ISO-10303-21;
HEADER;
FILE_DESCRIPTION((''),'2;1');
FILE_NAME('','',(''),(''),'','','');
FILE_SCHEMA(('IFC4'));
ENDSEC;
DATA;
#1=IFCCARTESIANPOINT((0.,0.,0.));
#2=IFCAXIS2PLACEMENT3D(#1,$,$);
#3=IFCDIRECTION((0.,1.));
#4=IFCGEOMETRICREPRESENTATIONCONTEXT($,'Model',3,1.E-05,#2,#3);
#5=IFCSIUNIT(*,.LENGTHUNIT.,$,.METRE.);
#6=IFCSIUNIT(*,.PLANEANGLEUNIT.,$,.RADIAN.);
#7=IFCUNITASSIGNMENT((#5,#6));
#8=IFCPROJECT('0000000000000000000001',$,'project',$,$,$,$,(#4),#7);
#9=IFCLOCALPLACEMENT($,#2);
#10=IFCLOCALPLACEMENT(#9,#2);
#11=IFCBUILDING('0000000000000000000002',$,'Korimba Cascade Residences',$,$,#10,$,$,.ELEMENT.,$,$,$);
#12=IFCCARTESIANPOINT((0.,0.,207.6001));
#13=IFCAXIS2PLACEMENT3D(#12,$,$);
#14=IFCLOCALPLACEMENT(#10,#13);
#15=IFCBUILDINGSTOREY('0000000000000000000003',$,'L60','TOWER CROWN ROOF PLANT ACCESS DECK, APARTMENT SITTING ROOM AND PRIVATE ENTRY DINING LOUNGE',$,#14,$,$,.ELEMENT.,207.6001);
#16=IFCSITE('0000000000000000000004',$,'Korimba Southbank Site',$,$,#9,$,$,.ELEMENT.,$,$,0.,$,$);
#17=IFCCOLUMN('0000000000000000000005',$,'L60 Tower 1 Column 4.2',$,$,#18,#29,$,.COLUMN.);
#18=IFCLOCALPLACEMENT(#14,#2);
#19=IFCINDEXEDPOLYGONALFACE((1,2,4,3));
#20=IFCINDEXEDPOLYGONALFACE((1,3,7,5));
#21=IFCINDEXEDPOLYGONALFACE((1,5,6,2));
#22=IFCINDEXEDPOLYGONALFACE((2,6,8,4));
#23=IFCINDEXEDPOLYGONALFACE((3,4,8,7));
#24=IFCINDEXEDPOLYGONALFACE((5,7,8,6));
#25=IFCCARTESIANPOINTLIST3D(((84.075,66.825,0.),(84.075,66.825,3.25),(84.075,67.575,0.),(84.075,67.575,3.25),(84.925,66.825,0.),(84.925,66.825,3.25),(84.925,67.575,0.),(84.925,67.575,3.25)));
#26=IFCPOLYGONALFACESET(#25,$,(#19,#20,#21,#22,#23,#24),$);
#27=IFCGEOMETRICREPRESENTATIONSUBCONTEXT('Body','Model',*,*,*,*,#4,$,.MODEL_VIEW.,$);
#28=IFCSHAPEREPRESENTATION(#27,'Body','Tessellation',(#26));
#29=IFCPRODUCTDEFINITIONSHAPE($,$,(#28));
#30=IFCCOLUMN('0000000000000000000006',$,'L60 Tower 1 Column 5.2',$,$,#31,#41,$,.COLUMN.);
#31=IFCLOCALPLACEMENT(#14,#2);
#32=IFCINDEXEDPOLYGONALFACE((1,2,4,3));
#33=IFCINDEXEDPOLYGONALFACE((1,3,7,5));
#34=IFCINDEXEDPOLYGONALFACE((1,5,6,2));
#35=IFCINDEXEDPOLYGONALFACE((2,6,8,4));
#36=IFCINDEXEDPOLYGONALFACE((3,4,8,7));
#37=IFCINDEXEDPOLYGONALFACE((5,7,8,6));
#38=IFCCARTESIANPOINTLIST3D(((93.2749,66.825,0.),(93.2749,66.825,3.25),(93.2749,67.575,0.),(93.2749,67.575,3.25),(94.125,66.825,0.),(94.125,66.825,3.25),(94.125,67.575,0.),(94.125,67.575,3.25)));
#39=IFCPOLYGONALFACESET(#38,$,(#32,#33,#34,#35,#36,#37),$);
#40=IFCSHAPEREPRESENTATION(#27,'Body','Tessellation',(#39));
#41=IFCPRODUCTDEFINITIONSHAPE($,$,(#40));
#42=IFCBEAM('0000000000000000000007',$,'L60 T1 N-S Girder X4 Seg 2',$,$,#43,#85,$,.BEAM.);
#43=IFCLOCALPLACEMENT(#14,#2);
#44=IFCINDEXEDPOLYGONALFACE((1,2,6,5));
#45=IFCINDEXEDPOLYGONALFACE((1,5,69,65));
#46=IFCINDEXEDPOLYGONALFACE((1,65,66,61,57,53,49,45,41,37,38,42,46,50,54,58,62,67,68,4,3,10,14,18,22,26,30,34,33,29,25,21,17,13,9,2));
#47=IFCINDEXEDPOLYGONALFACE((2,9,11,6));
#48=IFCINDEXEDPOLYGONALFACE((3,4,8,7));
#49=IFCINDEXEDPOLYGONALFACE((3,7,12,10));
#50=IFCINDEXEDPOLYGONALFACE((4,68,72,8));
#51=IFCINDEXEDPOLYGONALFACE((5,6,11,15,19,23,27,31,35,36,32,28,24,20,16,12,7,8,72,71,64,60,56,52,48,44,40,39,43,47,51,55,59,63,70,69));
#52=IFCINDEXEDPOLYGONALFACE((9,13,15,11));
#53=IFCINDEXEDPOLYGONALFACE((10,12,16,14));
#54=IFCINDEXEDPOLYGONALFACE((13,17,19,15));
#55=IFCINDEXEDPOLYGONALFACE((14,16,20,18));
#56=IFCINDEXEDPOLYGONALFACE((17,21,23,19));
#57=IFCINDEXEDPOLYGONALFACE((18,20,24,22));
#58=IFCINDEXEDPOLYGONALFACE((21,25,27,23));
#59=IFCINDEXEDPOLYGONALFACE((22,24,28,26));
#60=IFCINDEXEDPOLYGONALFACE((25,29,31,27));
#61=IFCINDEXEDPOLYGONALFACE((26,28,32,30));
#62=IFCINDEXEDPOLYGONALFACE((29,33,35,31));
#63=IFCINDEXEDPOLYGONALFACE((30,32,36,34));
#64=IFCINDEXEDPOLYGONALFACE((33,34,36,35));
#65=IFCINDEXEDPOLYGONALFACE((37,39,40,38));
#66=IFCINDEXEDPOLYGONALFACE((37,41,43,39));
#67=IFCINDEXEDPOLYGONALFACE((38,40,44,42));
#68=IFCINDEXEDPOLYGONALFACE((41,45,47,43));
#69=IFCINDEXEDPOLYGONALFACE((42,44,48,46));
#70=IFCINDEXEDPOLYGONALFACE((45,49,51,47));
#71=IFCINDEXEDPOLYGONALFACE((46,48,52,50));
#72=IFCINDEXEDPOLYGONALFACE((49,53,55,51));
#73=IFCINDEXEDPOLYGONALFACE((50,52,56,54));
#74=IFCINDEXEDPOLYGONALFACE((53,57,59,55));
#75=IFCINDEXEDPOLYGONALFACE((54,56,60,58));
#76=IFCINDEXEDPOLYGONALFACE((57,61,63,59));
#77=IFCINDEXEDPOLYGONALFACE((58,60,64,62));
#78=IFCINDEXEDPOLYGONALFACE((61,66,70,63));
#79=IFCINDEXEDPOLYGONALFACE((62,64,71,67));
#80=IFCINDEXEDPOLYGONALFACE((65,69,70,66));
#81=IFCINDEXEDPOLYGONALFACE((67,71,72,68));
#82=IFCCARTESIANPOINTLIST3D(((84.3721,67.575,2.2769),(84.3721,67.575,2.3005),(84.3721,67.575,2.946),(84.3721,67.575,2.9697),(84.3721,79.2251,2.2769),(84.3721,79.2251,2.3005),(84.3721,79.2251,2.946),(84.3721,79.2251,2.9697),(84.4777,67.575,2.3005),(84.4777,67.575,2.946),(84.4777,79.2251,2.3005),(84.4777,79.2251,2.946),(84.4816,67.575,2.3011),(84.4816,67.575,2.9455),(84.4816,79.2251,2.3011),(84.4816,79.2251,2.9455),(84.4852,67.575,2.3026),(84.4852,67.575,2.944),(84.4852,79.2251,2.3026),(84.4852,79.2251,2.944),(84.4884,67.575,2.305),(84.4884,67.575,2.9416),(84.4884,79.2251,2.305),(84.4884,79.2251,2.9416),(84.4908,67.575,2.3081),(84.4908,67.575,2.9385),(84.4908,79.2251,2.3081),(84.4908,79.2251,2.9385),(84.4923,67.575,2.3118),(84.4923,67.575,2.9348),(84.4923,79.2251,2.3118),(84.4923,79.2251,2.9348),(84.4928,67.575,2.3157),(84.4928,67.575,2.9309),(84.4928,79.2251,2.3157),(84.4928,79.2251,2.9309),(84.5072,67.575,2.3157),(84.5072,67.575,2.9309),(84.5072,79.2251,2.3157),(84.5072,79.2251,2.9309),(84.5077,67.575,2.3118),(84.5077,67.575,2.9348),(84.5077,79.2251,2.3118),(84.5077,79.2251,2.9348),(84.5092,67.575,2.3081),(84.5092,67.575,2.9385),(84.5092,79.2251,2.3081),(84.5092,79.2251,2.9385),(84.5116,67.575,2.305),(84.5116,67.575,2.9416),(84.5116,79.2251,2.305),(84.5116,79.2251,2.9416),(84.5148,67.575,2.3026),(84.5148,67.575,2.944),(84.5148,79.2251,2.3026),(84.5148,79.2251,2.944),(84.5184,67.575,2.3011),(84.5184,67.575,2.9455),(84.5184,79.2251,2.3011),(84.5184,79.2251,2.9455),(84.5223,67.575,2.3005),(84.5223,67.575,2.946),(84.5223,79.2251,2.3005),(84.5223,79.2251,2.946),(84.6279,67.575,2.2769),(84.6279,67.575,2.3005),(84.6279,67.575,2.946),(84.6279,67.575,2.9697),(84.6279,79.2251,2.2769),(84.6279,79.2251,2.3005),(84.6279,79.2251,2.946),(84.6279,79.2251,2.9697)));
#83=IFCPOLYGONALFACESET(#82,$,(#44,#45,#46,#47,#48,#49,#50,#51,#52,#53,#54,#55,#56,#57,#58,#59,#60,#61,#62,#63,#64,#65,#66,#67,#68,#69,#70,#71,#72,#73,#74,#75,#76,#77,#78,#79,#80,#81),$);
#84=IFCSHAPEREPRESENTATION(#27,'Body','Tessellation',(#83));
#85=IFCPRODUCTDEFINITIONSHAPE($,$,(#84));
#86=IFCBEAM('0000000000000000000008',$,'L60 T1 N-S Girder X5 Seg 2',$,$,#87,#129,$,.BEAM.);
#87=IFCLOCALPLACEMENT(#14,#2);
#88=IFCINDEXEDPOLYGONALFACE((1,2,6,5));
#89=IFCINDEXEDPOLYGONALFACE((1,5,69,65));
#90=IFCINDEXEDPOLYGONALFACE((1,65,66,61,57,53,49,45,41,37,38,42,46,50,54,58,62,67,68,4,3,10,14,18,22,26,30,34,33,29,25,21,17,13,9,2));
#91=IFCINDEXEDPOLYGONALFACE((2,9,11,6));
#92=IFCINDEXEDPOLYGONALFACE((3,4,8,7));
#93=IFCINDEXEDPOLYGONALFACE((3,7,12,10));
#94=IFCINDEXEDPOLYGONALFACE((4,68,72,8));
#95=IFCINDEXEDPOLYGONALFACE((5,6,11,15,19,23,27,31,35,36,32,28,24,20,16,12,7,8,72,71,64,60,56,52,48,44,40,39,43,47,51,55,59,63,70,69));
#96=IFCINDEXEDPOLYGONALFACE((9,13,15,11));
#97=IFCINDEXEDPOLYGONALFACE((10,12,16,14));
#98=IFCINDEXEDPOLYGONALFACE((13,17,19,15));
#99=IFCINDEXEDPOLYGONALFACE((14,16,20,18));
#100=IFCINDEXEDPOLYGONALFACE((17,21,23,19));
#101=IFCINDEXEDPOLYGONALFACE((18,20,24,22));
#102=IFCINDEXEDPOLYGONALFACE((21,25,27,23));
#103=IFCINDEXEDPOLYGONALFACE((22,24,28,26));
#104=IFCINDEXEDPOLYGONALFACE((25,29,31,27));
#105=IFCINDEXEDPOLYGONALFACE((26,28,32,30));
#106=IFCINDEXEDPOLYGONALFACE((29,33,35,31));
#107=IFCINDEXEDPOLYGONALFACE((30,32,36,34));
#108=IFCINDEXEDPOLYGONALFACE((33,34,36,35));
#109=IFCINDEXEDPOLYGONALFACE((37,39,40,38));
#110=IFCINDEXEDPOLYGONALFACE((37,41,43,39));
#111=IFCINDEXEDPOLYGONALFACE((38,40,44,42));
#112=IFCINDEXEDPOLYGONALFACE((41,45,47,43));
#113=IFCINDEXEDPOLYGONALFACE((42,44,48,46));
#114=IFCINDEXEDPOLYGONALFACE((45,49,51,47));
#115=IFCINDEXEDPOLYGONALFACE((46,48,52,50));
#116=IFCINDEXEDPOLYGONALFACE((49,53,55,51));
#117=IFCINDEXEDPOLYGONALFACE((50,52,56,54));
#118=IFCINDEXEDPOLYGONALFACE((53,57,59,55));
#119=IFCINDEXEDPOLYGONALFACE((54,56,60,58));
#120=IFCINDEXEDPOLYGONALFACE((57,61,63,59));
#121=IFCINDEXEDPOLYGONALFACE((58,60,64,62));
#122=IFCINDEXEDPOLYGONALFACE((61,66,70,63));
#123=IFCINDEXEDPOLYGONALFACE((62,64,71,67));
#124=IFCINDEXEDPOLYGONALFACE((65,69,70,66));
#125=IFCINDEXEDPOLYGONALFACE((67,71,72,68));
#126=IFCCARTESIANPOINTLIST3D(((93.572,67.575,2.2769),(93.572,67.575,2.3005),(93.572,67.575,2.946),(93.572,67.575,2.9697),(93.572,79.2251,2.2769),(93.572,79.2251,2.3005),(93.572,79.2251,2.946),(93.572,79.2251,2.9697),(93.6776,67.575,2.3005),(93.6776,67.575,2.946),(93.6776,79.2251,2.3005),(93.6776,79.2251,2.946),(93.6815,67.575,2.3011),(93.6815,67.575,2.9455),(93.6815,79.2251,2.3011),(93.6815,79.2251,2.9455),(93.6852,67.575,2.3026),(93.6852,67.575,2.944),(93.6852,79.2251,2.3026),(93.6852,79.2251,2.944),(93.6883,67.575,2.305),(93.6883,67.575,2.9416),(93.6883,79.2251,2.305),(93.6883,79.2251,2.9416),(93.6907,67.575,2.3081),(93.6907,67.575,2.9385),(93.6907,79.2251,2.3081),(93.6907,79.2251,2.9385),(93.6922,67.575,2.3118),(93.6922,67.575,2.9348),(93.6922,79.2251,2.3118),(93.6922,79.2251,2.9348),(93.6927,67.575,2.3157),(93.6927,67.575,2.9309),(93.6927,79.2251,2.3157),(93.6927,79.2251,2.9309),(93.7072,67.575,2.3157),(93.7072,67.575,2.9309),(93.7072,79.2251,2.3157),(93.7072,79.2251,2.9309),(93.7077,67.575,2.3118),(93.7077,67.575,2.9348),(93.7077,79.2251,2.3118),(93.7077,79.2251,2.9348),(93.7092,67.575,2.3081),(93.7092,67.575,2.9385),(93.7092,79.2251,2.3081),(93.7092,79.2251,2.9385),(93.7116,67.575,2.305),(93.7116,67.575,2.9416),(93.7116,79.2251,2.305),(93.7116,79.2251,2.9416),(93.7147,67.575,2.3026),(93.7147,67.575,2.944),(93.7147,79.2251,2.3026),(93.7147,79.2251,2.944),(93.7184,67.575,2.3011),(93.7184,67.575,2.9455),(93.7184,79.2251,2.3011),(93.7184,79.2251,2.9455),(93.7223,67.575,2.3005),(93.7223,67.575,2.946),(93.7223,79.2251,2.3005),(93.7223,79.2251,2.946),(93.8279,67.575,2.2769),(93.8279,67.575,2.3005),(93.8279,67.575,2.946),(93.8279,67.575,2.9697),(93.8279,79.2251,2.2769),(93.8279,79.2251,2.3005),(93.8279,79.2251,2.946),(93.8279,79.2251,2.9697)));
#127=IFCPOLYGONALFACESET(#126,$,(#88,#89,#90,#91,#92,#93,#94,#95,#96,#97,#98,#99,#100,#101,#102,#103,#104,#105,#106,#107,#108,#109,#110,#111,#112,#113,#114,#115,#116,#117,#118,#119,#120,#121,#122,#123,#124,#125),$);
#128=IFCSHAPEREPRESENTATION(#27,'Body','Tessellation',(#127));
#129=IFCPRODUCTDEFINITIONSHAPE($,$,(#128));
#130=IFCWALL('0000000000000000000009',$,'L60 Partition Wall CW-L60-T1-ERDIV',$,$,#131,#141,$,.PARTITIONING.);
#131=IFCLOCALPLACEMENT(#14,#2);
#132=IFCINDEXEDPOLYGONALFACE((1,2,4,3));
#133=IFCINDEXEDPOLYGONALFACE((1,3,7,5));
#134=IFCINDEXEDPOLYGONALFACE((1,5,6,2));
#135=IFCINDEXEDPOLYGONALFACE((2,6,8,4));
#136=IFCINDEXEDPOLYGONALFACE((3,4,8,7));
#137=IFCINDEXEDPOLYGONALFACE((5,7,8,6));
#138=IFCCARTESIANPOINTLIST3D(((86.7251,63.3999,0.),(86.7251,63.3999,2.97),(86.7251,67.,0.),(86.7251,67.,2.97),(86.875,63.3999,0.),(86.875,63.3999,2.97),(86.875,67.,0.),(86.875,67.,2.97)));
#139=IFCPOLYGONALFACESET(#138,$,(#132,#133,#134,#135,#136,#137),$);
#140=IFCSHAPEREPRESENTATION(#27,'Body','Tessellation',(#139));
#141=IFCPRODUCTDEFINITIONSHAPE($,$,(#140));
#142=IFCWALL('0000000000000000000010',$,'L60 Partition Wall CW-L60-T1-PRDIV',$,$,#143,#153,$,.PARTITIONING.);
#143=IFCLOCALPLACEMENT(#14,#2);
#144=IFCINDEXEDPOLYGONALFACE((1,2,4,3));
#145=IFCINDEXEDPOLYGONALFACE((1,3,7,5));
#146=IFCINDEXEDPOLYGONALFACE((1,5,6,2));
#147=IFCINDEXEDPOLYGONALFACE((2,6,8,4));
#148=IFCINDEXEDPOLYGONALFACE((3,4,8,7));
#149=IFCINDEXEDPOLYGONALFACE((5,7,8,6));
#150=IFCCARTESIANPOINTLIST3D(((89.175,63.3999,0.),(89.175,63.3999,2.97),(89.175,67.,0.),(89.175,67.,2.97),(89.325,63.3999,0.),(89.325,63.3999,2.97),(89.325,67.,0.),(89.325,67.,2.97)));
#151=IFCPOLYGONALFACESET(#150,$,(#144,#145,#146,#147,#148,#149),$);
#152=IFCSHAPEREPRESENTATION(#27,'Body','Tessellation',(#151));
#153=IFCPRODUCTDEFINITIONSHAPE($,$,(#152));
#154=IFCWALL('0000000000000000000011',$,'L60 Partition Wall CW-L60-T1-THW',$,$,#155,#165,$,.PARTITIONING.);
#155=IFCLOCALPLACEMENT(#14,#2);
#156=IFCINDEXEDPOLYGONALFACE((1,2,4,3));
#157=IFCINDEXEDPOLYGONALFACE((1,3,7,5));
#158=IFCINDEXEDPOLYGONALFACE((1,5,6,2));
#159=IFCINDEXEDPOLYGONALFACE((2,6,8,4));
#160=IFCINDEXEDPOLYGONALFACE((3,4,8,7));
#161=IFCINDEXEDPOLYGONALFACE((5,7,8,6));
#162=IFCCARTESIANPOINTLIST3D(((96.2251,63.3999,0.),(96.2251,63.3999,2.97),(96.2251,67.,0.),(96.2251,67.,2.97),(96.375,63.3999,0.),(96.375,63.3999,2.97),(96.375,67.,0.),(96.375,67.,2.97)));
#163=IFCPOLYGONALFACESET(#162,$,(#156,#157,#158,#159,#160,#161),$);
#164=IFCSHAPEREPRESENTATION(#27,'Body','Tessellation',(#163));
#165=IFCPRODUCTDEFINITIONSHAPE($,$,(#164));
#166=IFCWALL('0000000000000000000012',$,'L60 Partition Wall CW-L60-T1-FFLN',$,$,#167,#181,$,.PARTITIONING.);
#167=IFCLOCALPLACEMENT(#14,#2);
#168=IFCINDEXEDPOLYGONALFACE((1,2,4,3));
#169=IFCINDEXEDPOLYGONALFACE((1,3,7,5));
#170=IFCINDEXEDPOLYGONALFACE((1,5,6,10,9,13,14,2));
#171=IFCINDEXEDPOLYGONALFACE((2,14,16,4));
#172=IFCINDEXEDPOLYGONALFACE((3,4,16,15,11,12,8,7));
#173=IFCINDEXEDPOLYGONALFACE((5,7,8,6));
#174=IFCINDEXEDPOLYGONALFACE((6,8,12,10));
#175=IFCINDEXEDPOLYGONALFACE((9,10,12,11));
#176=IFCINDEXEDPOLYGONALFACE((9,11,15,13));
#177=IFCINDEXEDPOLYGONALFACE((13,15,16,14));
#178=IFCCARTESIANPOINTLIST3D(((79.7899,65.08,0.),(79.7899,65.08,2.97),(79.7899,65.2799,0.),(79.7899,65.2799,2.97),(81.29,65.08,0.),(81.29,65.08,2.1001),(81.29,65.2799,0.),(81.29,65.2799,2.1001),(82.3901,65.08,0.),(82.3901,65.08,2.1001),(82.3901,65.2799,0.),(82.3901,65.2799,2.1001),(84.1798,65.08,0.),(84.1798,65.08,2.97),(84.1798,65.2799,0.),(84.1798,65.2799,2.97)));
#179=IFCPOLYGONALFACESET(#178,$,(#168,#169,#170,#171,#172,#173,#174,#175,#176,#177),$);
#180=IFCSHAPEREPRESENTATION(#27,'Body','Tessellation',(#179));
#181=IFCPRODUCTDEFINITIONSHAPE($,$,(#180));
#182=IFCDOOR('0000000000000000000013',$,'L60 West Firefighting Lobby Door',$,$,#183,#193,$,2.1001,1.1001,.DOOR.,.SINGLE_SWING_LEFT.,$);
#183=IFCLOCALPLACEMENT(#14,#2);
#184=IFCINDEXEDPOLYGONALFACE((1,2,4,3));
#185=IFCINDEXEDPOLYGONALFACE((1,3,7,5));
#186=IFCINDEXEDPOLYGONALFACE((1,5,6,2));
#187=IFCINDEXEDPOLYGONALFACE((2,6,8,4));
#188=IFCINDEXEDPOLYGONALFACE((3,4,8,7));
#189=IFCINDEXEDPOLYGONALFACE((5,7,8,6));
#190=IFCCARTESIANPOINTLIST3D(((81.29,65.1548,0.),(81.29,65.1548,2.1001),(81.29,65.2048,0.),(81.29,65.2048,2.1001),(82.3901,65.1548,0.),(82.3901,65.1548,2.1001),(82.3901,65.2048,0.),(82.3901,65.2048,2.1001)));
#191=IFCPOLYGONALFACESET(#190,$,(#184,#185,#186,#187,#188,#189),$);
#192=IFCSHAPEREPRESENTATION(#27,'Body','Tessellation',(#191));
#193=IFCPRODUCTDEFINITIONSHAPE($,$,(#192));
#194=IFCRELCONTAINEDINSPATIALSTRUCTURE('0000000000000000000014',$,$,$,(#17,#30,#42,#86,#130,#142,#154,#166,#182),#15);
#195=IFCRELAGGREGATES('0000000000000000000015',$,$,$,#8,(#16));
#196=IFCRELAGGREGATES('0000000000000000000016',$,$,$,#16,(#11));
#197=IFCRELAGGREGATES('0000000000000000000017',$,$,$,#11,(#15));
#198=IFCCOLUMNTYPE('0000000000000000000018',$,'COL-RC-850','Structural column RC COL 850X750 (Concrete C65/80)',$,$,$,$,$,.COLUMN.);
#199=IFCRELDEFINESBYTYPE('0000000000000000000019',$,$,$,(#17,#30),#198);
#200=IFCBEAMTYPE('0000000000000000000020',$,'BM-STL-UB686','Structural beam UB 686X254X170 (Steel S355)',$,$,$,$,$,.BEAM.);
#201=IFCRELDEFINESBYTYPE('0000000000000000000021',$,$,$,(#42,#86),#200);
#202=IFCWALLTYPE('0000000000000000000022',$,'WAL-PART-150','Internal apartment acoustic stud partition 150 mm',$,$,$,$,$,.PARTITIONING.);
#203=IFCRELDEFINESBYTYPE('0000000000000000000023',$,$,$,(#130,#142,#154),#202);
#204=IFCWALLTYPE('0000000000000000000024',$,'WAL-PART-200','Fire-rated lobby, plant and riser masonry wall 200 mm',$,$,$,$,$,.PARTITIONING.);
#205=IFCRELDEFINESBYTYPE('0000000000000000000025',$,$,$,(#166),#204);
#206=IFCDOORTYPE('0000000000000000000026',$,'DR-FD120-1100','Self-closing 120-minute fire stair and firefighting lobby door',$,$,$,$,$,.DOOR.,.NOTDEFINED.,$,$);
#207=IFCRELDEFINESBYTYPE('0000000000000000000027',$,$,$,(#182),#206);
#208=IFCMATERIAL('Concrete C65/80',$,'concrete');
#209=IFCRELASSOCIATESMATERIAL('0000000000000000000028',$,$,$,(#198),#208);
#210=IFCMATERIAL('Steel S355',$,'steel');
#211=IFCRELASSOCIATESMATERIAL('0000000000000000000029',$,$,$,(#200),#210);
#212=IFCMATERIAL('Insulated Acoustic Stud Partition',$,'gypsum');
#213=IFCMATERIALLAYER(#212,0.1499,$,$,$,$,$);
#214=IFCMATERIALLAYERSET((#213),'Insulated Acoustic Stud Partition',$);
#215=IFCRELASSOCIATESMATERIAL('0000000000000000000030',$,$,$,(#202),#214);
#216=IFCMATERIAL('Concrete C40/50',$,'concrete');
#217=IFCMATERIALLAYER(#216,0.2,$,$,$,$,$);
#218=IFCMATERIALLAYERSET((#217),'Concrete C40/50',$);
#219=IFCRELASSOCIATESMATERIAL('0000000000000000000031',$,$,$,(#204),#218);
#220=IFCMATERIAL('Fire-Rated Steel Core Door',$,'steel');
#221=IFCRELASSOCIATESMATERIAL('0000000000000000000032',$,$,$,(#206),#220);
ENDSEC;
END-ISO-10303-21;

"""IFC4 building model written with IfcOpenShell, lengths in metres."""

from ifc_helpers import new_model, si_unit, direction, frame, frame_2d, origin, origin_2d, place, context, subcontext, project, spatial, rectangle, i_section, extrude, material, layer, layer_set, material_profile, profile_set, type_object, element, fill, save


model = new_model("IFC4")

# Units and contexts
model_context = context("Model", 3, precision=1e-05, world=origin(), true_north=direction((0.0, 1.0)))
body_context = subcontext(model_context, "Body", "Model", "MODEL_VIEW")
ifc_project = project(units=[si_unit("LENGTHUNIT", "METRE"), si_unit("PLANEANGLEUNIT", "RADIAN")], contexts=[model_context])

# Site, building, storey
site_placement = place(None, origin())
site = spatial("IfcSite", under=ifc_project, at=site_placement, Name="Korimba Southbank Site", CompositionType="ELEMENT", RefElevation=0.0)
building_placement = place(site_placement, origin())
building = spatial("IfcBuilding", under=site, at=building_placement, Name="Korimba Cascade Residences", CompositionType="ELEMENT")
storey_placement = place(building_placement, frame((0.0, 0.0, 207.6001)))
storey = spatial("IfcBuildingStorey", under=building, at=storey_placement, Name="L60", Description="TOWER CROWN ROOF PLANT ACCESS DECK, APARTMENT SITTING ROOM AND PRIVATE ENTRY DINING LOUNGE", CompositionType="ELEMENT", Elevation=207.6001)

# Columns
ifc_material_1 = material(Name="Concrete C65/80", Category="concrete")
ifc_material_profile_1 = material_profile(ifc_material_1, rectangle(XDim=0.8501, YDim=0.75, at=origin_2d()), Name="Concrete C65/80")
ifc_profile_set_1 = profile_set([ifc_material_profile_1], Name="Concrete C65/80")
column_type = type_object("IfcColumnType", Name="COL-RC-850", Description="Structural column RC COL 850X750 (Concrete C65/80)", PredefinedType="COLUMN", material=ifc_profile_set_1)
for number, where, z_axis, x_axis, name in (
    (1, (84.5, 67.2, 0.0), (0.0, 0.0, 1.0), (1.0, 0.0, 0.0), "L60 Tower 1 Column 4.2"),
    (2, (93.7, 67.2, 0.0), (0.0, 0.0, 1.0), (1.0, 0.0, 0.0), "L60 Tower 1 Column 5.2"),
):
    element("IfcColumn", number, at=place(storey_placement, frame(where, z_axis=z_axis, x_axis=x_axis)), inside=storey, type_object=column_type, Name=name, PredefinedType="COLUMN", context=body_context, shape_type="SweptSolid", body=[
        extrude(rectangle(XDim=0.8501, YDim=0.75, at=origin_2d()), origin(), (0.0, 0.0, 1.0), 3.25),
    ])

# Beams
ifc_material_2 = material(Name="Steel S355", Category="steel")
ifc_material_profile_2 = material_profile(ifc_material_2, i_section(OverallWidth=0.2559, OverallDepth=0.6929, WebThickness=0.0144, FlangeThickness=0.0237, FilletRadius=0.0151, at=origin_2d()), Name="Steel S355")
ifc_profile_set_2 = profile_set([ifc_material_profile_2], Name="Steel S355")
beam_type = type_object("IfcBeamType", Name="BM-STL-UB686", Description="Structural beam UB 686X254X170 (Steel S355)", PredefinedType="BEAM", material=ifc_profile_set_2)
for number, where, z_axis, x_axis, name in (
    (3, (84.5, 67.575, 2.6233), (0.0, 1.0, 0.0), (-1.0, 0.0, 0.0), "L60 T1 N-S Girder X4 Seg 2"),
    (4, (93.7, 67.575, 2.6233), (0.0, 1.0, 0.0), (-1.0, 0.0, 0.0), "L60 T1 N-S Girder X5 Seg 2"),
):
    element("IfcBeam", number, at=place(storey_placement, frame(where, z_axis=z_axis, x_axis=x_axis)), inside=storey, type_object=beam_type, Name=name, PredefinedType="BEAM", context=body_context, shape_type="SweptSolid", body=[
        extrude(i_section(OverallWidth=0.2559, OverallDepth=0.6929, WebThickness=0.0144, FlangeThickness=0.0237, FilletRadius=0.0151, at=origin_2d()), origin(), (0.0, 0.0, 1.0), 11.6501),
    ])

# Walls
ifc_material_3 = material(Name="Insulated Acoustic Stud Partition", Category="gypsum")
ifc_layer_1 = layer(ifc_material_3, 0.1499)
ifc_layer_set_1 = layer_set([ifc_layer_1], Name="Insulated Acoustic Stud Partition")
wall_type_1 = type_object("IfcWallType", Name="WAL-PART-150", Description="Internal apartment acoustic stud partition 150 mm", PredefinedType="PARTITIONING", material=ifc_layer_set_1)
for number, where, z_axis, x_axis, name in (
    (5, (86.8, 63.3999, 0.0), (0.0, 0.0, 1.0), (0.0, 1.0, 0.0), "L60 Partition Wall CW-L60-T1-ERDIV"),
    (6, (89.25, 63.3999, 0.0), (0.0, 0.0, 1.0), (0.0, 1.0, 0.0), "L60 Partition Wall CW-L60-T1-PRDIV"),
    (7, (96.3, 63.3999, 0.0), (0.0, 0.0, 1.0), (0.0, 1.0, 0.0), "L60 Partition Wall CW-L60-T1-THW"),
):
    element("IfcWall", number, at=place(storey_placement, frame(where, z_axis=z_axis, x_axis=x_axis)), inside=storey, type_object=wall_type_1, Name=name, PredefinedType="PARTITIONING", context=body_context, shape_type="SweptSolid", body=[
        extrude(rectangle(XDim=3.6001, YDim=0.1499, at=frame_2d((1.8, 0.0))), origin(), (0.0, 0.0, 1.0), 2.97),
    ])

# Wall, opening, door
ifc_material_4 = material(Name="Concrete C40/50", Category="concrete")
ifc_layer_2 = layer(ifc_material_4, 0.2)
ifc_layer_set_2 = layer_set([ifc_layer_2], Name="Concrete C40/50")
wall_type_2 = type_object("IfcWallType", Name="WAL-PART-200", Description="Fire-rated lobby, plant and riser masonry wall 200 mm", PredefinedType="PARTITIONING", material=ifc_layer_set_2)
wall_1_placement = place(storey_placement, frame((79.79, 65.1799, 0.0), z_axis=(0.0, 0.0, 1.0), x_axis=(1.0, 0.0, 0.0)))
wall_1 = element("IfcWall", 8, at=wall_1_placement, inside=storey, type_object=wall_type_2, Name="L60 Partition Wall CW-L60-T1-FFLN", PredefinedType="PARTITIONING", context=body_context, shape_type="SweptSolid", body=[
    extrude(rectangle(XDim=4.3899, YDim=0.2, at=frame_2d((2.1948, 0.0))), origin(), (0.0, 0.0, 1.0), 2.97),
])
opening_1_placement = place(wall_1_placement, frame((1.5, 0.0, 0.0)))
opening_1 = element("IfcOpeningElement", 9, at=opening_1_placement, cuts=wall_1, PredefinedType="OPENING", context=body_context, shape_type="SweptSolid", body=[
    extrude(rectangle(XDim=1.1001, YDim=2.1001, at=frame_2d((0.55, 1.05))), frame((0.0, 0.1099, 0.0), z_axis=(0.0, -1.0, 0.0), x_axis=(1.0, 0.0, 0.0)), (0.0, 0.0, 1.0), 0.22),
])
ifc_material_5 = material(Name="Fire-Rated Steel Core Door", Category="steel")
door_type_1 = type_object("IfcDoorType", Name="DR-FD120-1100", Description="Self-closing 120-minute fire stair and firefighting lobby door", OperationType="NOTDEFINED", PredefinedType="DOOR", material=ifc_material_5)
door_1_placement = place(opening_1_placement, origin())
door_1 = element("IfcDoor", 10, at=door_1_placement, inside=storey, type_object=door_type_1, Name="L60 West Firefighting Lobby Door", OperationType="SINGLE_SWING_LEFT", OverallHeight=2.1001, OverallWidth=1.1001, PredefinedType="DOOR", context=body_context, shape_type="SweptSolid", body=[
    extrude(rectangle(XDim=1.1001, YDim=2.1001, at=frame_2d((0.55, 1.05))), frame((0.0, 0.0249, 0.0), z_axis=(0.0, -1.0, 0.0), x_axis=(1.0, 0.0, 0.0)), (0.0, 0.0, 1.0), 0.05),
])
fill(opening_1, door_1)

save(model, "model.ifc")
